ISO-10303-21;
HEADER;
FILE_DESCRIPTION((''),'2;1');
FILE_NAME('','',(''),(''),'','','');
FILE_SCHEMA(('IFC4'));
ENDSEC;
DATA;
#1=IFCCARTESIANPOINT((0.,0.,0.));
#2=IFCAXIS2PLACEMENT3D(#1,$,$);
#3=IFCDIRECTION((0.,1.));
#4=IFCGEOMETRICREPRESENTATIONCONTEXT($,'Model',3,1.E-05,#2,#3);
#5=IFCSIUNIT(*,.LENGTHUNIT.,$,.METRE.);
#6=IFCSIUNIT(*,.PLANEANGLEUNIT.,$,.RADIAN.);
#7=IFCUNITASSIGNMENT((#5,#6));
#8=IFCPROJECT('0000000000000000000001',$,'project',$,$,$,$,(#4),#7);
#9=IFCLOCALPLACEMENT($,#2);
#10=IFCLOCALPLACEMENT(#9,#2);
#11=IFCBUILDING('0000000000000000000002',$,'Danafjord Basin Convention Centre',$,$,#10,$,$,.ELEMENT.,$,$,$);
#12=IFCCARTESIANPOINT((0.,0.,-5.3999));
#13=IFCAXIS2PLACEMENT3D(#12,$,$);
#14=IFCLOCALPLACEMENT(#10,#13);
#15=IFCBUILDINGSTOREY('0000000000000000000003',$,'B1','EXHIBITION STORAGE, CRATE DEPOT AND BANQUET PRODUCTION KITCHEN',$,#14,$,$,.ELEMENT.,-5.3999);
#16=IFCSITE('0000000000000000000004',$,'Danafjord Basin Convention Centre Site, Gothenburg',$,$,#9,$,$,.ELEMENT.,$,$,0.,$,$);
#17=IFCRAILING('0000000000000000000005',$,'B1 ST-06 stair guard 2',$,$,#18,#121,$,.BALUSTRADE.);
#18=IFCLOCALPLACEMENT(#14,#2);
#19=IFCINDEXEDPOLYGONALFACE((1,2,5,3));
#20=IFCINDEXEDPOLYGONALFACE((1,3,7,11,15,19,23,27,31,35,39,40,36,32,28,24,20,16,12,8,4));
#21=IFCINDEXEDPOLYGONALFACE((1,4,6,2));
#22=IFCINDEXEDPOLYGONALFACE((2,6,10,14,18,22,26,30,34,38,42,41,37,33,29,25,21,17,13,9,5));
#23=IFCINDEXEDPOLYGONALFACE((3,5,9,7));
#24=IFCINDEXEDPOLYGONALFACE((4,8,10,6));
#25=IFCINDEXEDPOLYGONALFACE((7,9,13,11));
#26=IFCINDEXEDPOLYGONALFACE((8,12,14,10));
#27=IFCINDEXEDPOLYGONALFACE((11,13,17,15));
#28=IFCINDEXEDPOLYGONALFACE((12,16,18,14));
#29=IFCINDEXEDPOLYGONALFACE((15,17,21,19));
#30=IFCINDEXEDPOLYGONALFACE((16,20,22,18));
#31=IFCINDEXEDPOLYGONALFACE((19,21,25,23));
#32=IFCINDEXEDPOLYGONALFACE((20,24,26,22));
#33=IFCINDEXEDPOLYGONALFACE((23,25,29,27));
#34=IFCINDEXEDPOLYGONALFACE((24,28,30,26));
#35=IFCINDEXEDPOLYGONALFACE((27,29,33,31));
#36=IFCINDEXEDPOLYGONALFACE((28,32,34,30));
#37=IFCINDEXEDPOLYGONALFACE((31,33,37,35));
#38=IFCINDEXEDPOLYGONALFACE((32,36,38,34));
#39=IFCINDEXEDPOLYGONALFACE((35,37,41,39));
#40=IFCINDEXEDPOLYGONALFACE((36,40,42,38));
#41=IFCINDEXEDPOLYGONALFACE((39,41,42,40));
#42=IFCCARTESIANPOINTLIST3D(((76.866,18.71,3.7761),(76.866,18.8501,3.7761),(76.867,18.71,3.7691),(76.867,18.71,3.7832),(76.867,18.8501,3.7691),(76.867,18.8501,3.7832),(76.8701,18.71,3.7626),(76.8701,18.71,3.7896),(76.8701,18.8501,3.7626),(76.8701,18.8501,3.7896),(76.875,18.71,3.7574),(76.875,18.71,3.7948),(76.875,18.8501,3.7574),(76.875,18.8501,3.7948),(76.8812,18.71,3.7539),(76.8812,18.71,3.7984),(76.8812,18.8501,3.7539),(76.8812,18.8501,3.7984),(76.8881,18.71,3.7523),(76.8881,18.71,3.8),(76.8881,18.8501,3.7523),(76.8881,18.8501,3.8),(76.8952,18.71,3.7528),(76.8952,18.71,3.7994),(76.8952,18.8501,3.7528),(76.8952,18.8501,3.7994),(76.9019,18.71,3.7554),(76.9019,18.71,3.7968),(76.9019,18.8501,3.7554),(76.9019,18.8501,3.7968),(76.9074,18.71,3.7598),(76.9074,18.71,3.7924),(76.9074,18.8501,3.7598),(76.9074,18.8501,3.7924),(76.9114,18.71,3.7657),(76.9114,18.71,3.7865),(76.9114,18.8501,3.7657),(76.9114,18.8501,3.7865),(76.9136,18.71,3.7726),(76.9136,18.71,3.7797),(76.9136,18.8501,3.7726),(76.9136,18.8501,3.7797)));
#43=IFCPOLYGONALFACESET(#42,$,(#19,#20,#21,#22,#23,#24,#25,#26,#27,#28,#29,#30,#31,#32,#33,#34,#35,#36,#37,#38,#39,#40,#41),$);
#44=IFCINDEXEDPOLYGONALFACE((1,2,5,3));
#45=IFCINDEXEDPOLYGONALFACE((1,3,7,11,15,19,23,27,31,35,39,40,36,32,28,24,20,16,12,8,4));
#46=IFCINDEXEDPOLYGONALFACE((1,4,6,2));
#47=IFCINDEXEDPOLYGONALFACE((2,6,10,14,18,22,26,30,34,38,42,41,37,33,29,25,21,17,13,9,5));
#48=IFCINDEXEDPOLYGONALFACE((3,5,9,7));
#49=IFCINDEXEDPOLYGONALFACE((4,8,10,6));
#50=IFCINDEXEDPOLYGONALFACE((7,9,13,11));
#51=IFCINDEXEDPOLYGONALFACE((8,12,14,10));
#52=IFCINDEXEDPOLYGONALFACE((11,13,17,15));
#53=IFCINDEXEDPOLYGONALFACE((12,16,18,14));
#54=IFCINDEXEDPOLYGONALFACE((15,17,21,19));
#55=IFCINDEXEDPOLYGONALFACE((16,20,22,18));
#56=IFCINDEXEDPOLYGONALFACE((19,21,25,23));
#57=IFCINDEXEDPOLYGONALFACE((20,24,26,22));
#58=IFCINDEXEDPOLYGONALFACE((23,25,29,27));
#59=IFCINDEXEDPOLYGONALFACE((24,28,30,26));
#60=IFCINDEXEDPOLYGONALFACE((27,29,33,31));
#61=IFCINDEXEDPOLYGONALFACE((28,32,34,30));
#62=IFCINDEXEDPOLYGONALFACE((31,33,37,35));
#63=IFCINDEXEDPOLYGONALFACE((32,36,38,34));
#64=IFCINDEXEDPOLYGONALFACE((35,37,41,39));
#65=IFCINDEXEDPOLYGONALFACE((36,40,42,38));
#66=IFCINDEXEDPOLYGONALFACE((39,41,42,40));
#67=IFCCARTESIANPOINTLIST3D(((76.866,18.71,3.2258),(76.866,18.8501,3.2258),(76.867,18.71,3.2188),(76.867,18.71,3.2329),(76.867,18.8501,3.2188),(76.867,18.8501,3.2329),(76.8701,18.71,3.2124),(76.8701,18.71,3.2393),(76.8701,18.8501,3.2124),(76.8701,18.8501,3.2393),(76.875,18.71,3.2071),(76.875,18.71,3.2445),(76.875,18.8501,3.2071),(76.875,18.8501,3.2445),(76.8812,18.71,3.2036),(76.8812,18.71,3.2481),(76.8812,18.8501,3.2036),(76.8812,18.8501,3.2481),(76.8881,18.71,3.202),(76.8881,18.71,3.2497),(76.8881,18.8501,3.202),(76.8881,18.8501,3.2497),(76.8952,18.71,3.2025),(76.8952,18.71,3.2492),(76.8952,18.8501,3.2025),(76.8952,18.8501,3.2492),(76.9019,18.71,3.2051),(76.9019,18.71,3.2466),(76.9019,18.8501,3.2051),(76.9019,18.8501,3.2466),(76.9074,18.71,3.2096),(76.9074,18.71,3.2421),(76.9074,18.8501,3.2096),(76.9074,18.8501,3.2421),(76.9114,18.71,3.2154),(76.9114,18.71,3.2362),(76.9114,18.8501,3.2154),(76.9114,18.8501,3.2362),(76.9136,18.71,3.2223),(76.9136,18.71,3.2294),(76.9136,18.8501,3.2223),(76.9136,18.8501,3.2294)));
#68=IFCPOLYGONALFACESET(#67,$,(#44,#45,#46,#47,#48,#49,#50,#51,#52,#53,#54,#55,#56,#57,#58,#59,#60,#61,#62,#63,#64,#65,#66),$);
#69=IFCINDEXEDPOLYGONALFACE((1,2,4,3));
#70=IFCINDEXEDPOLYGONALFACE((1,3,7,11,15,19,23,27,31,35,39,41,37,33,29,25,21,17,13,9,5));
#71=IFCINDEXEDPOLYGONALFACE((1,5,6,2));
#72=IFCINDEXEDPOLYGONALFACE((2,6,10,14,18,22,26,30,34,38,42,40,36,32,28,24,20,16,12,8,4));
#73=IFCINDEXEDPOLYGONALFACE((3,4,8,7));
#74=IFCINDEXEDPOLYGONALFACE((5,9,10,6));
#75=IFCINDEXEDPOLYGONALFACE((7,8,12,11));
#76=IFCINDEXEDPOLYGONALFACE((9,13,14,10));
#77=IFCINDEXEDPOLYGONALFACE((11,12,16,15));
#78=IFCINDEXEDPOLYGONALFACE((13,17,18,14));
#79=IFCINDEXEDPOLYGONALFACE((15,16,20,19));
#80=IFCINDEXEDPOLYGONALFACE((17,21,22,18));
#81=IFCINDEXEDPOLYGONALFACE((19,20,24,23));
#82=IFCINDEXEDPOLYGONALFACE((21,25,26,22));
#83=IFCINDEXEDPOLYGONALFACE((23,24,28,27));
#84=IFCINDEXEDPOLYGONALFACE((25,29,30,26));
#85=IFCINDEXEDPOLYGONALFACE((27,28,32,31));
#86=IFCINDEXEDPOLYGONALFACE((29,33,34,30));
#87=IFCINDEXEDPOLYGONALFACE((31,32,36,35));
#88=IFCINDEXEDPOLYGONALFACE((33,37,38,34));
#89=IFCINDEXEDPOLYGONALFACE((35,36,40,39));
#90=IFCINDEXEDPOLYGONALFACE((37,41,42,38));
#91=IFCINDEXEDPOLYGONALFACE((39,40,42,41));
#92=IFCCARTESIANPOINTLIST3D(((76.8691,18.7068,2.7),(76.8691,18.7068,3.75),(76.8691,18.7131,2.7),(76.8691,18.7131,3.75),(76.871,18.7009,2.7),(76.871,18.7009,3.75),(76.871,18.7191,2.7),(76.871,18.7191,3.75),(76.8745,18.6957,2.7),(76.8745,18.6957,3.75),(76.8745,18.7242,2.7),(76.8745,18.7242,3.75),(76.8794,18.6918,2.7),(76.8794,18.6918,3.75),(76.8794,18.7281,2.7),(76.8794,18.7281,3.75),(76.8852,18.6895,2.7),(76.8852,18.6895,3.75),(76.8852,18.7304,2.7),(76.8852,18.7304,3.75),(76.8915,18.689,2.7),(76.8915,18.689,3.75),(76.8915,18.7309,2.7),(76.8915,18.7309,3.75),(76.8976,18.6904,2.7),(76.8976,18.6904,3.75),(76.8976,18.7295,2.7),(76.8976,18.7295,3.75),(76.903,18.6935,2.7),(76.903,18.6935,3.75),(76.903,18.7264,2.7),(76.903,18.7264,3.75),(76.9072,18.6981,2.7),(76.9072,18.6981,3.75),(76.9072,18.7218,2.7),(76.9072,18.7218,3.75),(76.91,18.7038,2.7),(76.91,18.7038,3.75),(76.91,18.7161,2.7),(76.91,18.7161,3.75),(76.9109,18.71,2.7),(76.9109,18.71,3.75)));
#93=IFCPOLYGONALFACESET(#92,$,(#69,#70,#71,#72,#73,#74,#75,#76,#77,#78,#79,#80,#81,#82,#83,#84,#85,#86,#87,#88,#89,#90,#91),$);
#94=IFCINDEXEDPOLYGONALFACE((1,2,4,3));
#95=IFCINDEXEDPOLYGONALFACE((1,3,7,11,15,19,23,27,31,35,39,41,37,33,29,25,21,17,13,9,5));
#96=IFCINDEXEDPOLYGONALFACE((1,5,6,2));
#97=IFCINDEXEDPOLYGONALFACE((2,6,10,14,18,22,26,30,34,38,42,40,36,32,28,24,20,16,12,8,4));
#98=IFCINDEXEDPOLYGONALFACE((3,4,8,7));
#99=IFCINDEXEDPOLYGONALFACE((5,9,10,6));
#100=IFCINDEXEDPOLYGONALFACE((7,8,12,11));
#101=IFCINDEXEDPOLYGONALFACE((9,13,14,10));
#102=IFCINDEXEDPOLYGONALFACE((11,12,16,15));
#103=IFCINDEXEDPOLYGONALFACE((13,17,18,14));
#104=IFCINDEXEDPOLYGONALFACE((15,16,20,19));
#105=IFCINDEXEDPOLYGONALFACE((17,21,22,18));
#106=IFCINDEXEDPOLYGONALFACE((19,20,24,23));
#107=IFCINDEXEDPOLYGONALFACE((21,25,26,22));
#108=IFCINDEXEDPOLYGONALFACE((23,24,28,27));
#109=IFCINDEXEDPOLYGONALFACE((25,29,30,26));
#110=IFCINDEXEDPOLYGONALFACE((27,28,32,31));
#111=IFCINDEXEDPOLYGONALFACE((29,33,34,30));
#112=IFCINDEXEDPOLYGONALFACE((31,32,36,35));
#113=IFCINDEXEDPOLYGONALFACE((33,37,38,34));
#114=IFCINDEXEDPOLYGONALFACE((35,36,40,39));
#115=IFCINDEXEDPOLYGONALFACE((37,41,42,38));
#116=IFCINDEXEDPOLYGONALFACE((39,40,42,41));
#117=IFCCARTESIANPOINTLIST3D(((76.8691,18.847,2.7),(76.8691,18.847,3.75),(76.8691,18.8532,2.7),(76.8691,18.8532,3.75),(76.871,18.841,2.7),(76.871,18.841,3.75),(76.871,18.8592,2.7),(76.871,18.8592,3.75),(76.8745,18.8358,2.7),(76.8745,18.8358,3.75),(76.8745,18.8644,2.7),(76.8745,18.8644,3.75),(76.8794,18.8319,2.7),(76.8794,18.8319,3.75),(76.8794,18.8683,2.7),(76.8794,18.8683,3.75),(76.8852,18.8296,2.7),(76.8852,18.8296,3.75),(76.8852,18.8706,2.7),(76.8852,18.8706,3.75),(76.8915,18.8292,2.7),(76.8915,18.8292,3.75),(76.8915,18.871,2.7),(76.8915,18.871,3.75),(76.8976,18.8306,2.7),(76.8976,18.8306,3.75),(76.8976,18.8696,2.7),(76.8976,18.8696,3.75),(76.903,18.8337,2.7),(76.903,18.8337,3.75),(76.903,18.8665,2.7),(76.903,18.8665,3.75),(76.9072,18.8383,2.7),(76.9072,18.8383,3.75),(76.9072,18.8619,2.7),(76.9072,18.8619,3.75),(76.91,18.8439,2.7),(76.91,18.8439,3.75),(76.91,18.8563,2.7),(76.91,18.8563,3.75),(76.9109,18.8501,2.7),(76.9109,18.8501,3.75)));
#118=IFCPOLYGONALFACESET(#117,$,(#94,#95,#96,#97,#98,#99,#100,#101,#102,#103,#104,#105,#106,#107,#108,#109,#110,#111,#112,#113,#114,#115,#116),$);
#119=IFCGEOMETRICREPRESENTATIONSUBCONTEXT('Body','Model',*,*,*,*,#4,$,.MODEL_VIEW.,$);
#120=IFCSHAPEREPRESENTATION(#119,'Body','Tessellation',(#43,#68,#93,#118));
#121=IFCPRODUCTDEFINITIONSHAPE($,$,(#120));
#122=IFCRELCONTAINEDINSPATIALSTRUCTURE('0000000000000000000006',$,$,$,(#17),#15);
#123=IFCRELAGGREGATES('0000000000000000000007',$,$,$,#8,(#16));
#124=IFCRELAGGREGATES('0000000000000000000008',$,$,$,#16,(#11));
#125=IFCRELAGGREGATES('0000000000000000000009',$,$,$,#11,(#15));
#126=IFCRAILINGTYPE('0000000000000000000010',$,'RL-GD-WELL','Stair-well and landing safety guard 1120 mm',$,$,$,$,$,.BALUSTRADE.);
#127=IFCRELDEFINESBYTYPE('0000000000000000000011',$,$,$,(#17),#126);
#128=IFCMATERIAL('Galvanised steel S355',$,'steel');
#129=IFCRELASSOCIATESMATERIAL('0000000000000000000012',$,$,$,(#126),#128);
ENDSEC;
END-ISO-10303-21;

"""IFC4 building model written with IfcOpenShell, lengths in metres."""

from ifc_helpers import new_model, si_unit, direction, frame, origin, origin_2d, place, context, subcontext, project, spatial, circle, extrude, material, type_object, element, save


model = new_model("IFC4")

# Units and contexts
model_context = context("Model", 3, precision=1e-05, world=origin(), true_north=direction((0.0, 1.0)))
body_context = subcontext(model_context, "Body", "Model", "MODEL_VIEW")
ifc_project = project(units=[si_unit("LENGTHUNIT", "METRE"), si_unit("PLANEANGLEUNIT", "RADIAN")], contexts=[model_context])

# Site, building, storey
site_placement = place(None, origin())
site = spatial("IfcSite", under=ifc_project, at=site_placement, Name="Danafjord Basin Convention Centre Site, Gothenburg", CompositionType="ELEMENT", RefElevation=0.0)
building_placement = place(site_placement, origin())
building = spatial("IfcBuilding", under=site, at=building_placement, Name="Danafjord Basin Convention Centre", CompositionType="ELEMENT")
storey_placement = place(building_placement, frame((0.0, 0.0, -5.3999)))
storey = spatial("IfcBuildingStorey", under=building, at=storey_placement, Name="B1", Description="EXHIBITION STORAGE, CRATE DEPOT AND BANQUET PRODUCTION KITCHEN", CompositionType="ELEMENT", Elevation=-5.3999)

# Railing
ifc_material_1 = material(Name="Galvanised steel S355", Category="steel")
railing_type_1 = type_object("IfcRailingType", Name="RL-GD-WELL", Description="Stair-well and landing safety guard 1120 mm", PredefinedType="BALUSTRADE", material=ifc_material_1)
railing_1_placement = place(storey_placement, frame((76.8899, 18.71, 2.7)))
element("IfcRailing", 1, at=railing_1_placement, inside=storey, type_object=railing_type_1, Name="B1 ST-06 stair guard 2", PredefinedType="BALUSTRADE", context=body_context, shape_type="SweptSolid", body=[
    extrude(circle(Radius=0.0239, at=origin_2d()), frame((0.0, 0.0, 1.0762), z_axis=(0.0, 1.0, 0.0), x_axis=(-1.0, 0.0, 0.0)), (0.0, 0.0, 1.0), 0.1401),
    extrude(circle(Radius=0.0239, at=origin_2d()), frame((0.0, 0.0, 0.5259), z_axis=(0.0, 1.0, 0.0), x_axis=(-1.0, 0.0, 0.0)), (0.0, 0.0, 1.0), 0.1401),
    extrude(circle(Radius=0.021, at=origin_2d()), origin(), (0.0, 0.0, 1.0), 1.05),
    extrude(circle(Radius=0.021, at=origin_2d()), frame((0.0, 0.1401, 0.0)), (0.0, 0.0, 1.0), 1.05),
])

save(model, "model.ifc")
